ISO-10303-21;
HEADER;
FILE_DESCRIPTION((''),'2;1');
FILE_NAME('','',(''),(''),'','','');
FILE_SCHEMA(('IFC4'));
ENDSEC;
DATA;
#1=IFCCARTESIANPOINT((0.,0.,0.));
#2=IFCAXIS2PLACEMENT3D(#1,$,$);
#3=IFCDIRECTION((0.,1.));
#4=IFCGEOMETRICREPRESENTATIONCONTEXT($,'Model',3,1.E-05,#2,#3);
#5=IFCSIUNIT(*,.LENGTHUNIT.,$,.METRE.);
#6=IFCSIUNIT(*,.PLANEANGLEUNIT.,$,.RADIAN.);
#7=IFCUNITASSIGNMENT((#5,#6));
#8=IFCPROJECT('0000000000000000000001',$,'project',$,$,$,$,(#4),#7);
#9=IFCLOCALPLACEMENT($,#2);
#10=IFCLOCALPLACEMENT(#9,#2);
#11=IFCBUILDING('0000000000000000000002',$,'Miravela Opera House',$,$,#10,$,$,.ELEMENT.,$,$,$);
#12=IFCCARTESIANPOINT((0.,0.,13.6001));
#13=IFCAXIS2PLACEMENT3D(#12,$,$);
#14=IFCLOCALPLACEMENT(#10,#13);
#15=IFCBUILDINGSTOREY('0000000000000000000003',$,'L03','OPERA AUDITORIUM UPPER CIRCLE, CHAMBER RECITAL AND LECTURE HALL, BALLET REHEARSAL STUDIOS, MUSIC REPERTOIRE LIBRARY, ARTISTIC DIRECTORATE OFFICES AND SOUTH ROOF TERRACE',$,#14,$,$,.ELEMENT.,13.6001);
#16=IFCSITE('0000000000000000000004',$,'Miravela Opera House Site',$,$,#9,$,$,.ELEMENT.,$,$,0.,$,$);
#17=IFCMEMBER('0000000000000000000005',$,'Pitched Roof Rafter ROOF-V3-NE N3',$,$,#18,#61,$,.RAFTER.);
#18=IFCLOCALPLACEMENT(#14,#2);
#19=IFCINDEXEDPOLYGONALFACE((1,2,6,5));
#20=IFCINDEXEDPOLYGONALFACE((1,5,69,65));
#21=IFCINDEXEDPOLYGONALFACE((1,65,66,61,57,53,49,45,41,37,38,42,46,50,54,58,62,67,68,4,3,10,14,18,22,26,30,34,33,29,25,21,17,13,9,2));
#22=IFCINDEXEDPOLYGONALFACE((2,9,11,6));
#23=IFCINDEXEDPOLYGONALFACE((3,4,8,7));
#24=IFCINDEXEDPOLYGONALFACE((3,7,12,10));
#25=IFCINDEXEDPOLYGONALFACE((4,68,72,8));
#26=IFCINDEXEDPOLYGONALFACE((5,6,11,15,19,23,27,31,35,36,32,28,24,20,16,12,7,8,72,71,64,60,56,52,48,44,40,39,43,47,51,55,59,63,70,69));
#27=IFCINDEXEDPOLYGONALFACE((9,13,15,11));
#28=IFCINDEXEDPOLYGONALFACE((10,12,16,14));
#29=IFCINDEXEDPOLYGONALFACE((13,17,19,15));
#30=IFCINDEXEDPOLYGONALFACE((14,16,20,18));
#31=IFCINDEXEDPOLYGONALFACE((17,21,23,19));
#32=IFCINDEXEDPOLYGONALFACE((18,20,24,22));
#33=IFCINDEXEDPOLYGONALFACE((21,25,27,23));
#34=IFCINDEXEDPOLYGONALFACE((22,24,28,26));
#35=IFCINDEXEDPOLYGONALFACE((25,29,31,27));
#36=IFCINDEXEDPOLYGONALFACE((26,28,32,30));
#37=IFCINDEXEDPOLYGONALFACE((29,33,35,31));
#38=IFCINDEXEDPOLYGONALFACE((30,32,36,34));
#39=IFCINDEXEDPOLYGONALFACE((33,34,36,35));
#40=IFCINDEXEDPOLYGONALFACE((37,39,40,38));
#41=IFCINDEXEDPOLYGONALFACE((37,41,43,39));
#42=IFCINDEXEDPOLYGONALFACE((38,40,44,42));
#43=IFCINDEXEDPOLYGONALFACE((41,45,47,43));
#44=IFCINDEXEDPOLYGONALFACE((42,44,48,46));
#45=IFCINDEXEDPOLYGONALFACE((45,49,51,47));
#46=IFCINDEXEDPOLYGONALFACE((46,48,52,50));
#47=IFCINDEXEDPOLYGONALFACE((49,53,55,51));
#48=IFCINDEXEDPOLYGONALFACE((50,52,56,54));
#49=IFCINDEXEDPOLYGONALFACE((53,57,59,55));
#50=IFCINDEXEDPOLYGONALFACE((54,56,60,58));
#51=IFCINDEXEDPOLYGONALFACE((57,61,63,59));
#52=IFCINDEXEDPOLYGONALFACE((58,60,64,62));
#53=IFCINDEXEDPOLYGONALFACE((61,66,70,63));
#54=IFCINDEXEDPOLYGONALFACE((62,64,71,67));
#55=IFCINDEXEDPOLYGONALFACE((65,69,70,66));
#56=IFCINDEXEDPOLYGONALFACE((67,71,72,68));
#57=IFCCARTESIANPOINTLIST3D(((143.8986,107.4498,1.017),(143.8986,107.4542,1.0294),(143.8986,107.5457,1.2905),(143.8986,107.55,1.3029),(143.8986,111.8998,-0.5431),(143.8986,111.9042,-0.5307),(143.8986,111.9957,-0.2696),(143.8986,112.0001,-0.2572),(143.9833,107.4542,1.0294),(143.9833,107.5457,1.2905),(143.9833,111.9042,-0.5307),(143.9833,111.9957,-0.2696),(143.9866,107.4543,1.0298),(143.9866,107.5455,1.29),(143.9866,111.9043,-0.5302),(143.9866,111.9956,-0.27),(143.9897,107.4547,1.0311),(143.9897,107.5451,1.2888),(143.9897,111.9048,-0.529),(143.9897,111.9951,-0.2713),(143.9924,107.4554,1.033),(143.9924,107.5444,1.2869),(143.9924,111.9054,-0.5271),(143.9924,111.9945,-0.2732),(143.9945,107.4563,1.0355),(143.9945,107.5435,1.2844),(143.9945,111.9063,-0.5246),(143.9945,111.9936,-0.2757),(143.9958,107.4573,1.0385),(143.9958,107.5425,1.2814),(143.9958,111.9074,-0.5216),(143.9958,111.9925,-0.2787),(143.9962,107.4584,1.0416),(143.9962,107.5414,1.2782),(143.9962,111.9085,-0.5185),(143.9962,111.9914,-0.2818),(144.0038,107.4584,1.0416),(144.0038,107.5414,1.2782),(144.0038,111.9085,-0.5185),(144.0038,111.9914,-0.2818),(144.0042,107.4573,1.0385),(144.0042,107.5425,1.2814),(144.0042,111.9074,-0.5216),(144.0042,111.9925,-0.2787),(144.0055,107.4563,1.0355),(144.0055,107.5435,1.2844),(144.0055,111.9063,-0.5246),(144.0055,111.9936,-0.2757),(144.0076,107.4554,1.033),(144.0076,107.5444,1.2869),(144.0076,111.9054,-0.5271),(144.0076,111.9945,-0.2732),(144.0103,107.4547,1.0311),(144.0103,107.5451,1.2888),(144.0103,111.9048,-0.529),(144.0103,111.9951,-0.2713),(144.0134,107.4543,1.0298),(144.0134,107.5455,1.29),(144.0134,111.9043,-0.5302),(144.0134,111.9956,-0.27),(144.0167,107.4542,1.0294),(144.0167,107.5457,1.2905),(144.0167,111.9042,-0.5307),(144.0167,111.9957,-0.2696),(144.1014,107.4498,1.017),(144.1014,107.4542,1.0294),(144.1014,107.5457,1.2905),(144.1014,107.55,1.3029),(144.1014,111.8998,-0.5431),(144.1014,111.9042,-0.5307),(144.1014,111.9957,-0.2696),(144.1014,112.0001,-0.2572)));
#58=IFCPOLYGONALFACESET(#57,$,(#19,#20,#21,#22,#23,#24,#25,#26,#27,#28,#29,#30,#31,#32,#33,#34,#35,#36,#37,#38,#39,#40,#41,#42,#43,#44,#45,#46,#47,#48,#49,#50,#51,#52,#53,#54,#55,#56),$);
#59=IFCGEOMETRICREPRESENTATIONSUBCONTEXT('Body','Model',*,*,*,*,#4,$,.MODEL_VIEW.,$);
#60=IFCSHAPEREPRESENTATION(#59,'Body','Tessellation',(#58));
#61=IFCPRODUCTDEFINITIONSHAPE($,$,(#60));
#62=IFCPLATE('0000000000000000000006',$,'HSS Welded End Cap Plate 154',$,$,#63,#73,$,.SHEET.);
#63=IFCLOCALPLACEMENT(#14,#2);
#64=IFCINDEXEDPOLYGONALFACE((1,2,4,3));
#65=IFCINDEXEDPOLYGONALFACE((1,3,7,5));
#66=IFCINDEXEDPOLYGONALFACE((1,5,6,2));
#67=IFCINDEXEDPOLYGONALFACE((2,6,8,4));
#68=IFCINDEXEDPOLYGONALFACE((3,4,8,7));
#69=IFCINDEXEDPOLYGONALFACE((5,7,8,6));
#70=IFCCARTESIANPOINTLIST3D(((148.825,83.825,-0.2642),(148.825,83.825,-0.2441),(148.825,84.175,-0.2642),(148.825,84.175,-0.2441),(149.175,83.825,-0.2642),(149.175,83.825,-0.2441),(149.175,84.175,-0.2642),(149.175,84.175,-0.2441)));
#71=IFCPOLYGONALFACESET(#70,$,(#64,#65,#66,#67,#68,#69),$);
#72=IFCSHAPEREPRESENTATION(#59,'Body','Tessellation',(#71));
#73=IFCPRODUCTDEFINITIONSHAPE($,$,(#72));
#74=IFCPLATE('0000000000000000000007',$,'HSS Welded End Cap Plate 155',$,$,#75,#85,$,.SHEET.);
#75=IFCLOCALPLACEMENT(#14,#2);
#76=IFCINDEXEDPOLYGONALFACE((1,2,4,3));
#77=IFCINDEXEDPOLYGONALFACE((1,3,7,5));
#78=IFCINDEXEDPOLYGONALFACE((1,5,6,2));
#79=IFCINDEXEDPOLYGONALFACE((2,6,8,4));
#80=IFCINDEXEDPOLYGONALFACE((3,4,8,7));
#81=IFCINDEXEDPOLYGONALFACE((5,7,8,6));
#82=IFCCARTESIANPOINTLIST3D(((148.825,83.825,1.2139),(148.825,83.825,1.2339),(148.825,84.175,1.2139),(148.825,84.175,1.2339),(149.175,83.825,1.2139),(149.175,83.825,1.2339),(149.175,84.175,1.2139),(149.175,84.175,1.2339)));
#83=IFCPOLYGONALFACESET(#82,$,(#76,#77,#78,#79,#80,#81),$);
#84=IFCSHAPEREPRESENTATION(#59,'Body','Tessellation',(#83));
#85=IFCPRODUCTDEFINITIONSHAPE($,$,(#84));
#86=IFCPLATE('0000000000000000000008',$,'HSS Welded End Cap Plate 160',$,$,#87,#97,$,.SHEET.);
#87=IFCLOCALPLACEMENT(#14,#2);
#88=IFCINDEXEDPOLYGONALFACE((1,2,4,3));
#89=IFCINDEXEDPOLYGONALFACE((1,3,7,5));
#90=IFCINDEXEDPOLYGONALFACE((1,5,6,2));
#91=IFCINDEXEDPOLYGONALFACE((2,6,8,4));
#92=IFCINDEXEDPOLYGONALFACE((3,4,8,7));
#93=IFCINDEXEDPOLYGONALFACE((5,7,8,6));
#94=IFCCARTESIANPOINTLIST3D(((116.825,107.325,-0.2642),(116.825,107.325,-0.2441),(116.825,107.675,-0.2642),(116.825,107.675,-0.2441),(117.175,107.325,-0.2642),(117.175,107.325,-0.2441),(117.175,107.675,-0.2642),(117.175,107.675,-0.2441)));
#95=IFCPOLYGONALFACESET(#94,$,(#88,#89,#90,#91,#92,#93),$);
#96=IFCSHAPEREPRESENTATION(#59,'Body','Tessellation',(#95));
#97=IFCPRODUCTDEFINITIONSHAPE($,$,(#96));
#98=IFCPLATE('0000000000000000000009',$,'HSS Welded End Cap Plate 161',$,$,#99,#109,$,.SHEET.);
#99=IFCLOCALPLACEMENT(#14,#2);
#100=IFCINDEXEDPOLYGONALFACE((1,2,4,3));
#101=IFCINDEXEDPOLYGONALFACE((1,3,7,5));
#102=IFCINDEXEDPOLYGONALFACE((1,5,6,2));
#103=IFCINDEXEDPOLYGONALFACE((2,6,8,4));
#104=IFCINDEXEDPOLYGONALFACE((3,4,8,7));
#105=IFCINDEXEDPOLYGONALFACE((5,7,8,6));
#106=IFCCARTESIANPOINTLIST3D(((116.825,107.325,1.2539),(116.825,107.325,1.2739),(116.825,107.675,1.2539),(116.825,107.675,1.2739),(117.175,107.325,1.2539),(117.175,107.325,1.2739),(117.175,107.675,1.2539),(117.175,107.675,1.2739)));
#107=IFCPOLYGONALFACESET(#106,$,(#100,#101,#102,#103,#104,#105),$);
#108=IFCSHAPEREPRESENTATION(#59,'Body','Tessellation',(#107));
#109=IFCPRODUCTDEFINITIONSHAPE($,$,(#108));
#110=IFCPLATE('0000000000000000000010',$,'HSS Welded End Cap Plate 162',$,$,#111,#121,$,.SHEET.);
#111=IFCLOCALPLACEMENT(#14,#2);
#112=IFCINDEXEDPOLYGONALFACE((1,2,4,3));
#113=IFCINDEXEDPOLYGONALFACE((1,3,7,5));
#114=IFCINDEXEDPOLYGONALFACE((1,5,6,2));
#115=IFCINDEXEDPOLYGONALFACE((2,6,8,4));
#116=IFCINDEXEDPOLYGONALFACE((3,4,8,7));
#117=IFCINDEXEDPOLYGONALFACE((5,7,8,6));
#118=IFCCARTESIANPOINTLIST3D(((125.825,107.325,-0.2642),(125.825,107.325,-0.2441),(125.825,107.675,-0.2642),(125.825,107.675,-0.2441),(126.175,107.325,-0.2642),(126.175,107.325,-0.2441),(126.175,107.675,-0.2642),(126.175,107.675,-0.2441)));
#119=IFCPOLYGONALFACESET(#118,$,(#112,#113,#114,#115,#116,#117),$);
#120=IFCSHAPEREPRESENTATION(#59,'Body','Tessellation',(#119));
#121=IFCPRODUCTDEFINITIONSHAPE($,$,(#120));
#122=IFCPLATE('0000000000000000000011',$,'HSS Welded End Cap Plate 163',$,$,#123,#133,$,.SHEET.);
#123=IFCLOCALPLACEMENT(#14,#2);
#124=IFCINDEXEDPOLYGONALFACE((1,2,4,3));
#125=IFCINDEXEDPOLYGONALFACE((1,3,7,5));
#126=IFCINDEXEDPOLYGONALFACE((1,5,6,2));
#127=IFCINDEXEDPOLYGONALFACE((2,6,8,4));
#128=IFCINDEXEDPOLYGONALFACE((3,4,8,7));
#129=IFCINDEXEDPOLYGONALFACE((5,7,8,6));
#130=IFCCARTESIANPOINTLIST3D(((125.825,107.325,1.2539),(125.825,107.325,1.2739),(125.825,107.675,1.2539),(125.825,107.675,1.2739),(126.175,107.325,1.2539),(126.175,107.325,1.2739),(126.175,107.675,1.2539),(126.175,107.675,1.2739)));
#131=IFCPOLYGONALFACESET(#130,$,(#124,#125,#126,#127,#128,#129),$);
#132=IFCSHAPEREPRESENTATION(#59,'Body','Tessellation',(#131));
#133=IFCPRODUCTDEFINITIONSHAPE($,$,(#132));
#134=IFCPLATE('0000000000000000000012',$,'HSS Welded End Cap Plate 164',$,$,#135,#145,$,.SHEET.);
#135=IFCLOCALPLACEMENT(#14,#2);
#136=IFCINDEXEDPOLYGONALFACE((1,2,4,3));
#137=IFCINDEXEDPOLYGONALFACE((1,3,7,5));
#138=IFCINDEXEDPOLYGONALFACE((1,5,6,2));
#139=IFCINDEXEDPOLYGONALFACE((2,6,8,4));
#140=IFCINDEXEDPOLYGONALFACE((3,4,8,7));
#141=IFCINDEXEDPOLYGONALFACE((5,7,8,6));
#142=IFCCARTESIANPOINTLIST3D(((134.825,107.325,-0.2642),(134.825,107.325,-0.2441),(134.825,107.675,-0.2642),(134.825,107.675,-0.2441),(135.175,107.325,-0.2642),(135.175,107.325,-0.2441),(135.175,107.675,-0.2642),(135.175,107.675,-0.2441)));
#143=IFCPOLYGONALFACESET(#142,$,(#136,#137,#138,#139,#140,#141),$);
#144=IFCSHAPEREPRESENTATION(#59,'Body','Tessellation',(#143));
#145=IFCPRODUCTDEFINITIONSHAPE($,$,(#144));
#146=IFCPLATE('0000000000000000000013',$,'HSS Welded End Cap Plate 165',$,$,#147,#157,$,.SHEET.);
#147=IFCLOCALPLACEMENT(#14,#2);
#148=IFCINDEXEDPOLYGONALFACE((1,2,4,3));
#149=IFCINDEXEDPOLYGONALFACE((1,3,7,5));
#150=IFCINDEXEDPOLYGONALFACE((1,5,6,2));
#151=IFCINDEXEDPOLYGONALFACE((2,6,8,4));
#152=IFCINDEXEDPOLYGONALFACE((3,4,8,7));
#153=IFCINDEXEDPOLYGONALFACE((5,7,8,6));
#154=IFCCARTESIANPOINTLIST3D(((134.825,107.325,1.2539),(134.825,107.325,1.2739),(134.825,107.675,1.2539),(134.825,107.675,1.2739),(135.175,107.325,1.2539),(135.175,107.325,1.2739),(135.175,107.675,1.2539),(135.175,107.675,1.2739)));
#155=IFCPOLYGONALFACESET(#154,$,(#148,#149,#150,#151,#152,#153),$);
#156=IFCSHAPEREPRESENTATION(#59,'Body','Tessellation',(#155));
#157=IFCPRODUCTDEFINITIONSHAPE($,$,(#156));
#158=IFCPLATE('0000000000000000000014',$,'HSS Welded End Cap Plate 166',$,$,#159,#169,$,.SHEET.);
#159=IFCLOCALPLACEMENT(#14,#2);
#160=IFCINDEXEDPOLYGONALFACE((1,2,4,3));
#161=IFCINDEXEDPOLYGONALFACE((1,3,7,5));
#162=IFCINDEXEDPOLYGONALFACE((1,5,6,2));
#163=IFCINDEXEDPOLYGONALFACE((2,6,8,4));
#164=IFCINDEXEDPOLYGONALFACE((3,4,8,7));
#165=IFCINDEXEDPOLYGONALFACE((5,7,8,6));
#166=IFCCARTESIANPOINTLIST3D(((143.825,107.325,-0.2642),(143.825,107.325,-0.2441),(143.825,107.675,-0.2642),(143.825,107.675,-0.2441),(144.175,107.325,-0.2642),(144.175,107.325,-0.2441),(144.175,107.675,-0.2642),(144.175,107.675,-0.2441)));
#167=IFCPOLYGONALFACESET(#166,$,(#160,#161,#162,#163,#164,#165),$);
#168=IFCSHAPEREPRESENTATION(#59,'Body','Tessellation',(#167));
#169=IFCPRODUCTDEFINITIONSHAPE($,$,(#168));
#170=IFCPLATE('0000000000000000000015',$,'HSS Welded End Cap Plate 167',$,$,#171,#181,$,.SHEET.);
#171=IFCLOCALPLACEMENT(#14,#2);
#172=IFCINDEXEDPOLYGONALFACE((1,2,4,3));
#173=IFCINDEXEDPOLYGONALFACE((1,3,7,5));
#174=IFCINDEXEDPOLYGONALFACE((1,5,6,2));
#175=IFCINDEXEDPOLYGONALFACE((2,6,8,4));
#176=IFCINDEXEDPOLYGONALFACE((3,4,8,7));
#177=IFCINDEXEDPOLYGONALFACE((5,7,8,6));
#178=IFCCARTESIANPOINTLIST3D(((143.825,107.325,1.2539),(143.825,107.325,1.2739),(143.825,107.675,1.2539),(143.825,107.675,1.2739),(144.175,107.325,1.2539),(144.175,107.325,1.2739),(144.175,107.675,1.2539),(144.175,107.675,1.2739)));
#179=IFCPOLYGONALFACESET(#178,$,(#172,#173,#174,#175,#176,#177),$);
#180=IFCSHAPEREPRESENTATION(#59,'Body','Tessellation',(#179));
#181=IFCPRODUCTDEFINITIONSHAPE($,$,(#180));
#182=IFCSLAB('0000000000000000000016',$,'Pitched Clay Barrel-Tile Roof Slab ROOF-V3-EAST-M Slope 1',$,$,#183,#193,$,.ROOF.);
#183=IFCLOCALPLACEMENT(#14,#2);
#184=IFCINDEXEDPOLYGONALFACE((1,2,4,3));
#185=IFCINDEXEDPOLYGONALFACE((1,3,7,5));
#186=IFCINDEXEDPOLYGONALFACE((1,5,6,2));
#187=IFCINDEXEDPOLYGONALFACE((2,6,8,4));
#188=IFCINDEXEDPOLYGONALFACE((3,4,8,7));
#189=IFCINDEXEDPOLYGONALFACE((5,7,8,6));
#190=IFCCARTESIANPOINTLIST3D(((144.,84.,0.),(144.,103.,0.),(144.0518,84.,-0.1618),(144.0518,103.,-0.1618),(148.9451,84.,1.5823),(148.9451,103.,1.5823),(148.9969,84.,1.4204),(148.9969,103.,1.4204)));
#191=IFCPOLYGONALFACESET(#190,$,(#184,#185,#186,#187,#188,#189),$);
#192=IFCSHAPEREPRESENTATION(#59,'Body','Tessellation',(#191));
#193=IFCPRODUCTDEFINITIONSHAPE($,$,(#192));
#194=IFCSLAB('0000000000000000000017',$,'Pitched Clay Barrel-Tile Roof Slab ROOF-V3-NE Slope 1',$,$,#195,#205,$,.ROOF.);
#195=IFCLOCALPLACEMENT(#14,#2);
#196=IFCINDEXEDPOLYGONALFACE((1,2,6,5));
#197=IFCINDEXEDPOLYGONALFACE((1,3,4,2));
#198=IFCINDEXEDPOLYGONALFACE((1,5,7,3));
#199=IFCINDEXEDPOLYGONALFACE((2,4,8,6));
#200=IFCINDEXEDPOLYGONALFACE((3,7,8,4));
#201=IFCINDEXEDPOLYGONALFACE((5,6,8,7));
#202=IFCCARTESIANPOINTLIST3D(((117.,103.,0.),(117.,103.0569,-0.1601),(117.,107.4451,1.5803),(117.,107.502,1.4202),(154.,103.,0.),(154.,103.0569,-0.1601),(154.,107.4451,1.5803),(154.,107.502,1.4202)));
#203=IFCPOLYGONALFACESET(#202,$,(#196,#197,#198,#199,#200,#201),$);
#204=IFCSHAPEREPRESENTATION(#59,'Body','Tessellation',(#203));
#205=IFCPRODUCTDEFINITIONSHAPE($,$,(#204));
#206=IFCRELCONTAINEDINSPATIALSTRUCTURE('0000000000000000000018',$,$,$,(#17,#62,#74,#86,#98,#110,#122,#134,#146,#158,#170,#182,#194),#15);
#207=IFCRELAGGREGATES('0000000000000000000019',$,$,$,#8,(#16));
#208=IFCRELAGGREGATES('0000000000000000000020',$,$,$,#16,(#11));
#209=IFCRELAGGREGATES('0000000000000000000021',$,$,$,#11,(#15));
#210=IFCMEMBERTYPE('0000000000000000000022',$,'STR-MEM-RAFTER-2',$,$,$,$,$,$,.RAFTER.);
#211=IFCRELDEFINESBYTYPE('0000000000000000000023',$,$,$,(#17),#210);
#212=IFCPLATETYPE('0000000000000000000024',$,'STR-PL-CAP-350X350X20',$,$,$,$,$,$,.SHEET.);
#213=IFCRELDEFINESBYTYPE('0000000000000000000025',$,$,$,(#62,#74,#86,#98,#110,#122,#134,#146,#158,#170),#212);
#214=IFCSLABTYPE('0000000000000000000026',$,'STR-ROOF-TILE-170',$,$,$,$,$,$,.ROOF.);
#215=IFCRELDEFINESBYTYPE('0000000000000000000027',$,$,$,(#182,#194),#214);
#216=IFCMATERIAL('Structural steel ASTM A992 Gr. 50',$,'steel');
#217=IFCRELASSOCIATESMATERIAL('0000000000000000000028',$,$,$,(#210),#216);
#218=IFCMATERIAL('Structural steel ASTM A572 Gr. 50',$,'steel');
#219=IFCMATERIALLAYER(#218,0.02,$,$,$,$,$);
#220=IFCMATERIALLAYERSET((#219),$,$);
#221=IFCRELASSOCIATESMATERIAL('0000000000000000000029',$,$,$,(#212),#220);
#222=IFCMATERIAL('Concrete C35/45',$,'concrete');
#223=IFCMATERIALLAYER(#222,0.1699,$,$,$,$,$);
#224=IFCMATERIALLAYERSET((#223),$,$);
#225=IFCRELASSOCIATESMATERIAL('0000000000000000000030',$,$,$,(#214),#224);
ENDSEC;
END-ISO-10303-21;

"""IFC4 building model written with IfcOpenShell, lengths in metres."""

from ifc_helpers import new_model, si_unit, direction, frame, origin, origin_2d, place, context, subcontext, project, spatial, polyline, rectangle, i_section, outline, extrude, material, layer, layer_set, material_profile, profile_set, type_object, element, save


model = new_model("IFC4")

# Units and contexts
model_context = context("Model", 3, precision=1e-05, world=origin(), true_north=direction((0.0, 1.0)))
body_context = subcontext(model_context, "Body", "Model", "MODEL_VIEW")
ifc_project = project(units=[si_unit("LENGTHUNIT", "METRE"), si_unit("PLANEANGLEUNIT", "RADIAN")], contexts=[model_context])

# Site, building, storey
site_placement = place(None, origin())
site = spatial("IfcSite", under=ifc_project, at=site_placement, Name="Miravela Opera House Site", CompositionType="ELEMENT", RefElevation=0.0)
building_placement = place(site_placement, origin())
building = spatial("IfcBuilding", under=site, at=building_placement, Name="Miravela Opera House", CompositionType="ELEMENT")
storey_placement = place(building_placement, frame((0.0, 0.0, 13.6001)))
storey = spatial("IfcBuildingStorey", under=building, at=storey_placement, Name="L03", Description="OPERA AUDITORIUM UPPER CIRCLE, CHAMBER RECITAL AND LECTURE HALL, BALLET REHEARSAL STUDIOS, MUSIC REPERTOIRE LIBRARY, ARTISTIC DIRECTORATE OFFICES AND SOUTH ROOF TERRACE", CompositionType="ELEMENT", Elevation=13.6001)

# Shared definitions
ifc_material_1 = material(Name="Concrete C35/45", Category="concrete")

# Shared definitions
ifc_material_2 = material(Name="Structural steel ASTM A992 Gr. 50", Category="steel")

# Member
ifc_material_profile_1 = material_profile(ifc_material_2, i_section(OverallWidth=0.2029, OverallDepth=0.303, WebThickness=0.0076, FlangeThickness=0.0132, FilletRadius=0.0129, at=origin_2d()), Name="W310X60")
ifc_profile_set_1 = profile_set([ifc_material_profile_1])
member_type_1 = type_object("IfcMemberType", Name="STR-MEM-RAFTER-2", PredefinedType="RAFTER", material=ifc_profile_set_1)
for number, where, z_axis, x_axis, name in (
    (1, (144.0, 111.95, -0.4001), (0.0, -0.943688, 0.330837), (1.0, 0.0, 0.0), "Pitched Roof Rafter ROOF-V3-NE N3"),
):
    element("IfcMember", number, at=place(storey_placement, frame(where, z_axis=z_axis, x_axis=x_axis)), inside=storey, type_object=member_type_1, Name=name, PredefinedType="RAFTER", context=body_context, shape_type="SweptSolid", body=[
        extrude(i_section(OverallWidth=0.2029, OverallDepth=0.303, WebThickness=0.0076, FlangeThickness=0.0132, FilletRadius=0.0129, at=origin_2d()), origin(), (0.0, 0.0, 1.0), 4.7156),
    ])

# Plates
ifc_material_3 = material(Name="Structural steel ASTM A572 Gr. 50", Category="steel")
ifc_layer_1 = layer(ifc_material_3, 0.02)
ifc_layer_set_1 = layer_set([ifc_layer_1])
plate_type = type_object("IfcPlateType", Name="STR-PL-CAP-350X350X20", PredefinedType="SHEET", material=ifc_layer_set_1)
for number, where, z_axis, x_axis, name in (
    (2, (149.0, 84.0, -0.2642), (0.0, 0.0, 1.0), (1.0, 0.0, 0.0), "HSS Welded End Cap Plate 154"),
    (3, (149.0, 84.0, 1.2139), (0.0, 0.0, 1.0), (1.0, 0.0, 0.0), "HSS Welded End Cap Plate 155"),
    (4, (117.0, 107.5, -0.2642), (0.0, 0.0, 1.0), (1.0, 0.0, 0.0), "HSS Welded End Cap Plate 160"),
    (5, (117.0, 107.5, 1.2539), (0.0, 0.0, 1.0), (1.0, 0.0, 0.0), "HSS Welded End Cap Plate 161"),
    (6, (126.0, 107.5, -0.2642), (0.0, 0.0, 1.0), (1.0, 0.0, 0.0), "HSS Welded End Cap Plate 162"),
    (7, (126.0, 107.5, 1.2539), (0.0, 0.0, 1.0), (1.0, 0.0, 0.0), "HSS Welded End Cap Plate 163"),
    (8, (135.0, 107.5, -0.2642), (0.0, 0.0, 1.0), (1.0, 0.0, 0.0), "HSS Welded End Cap Plate 164"),
    (9, (135.0, 107.5, 1.2539), (0.0, 0.0, 1.0), (1.0, 0.0, 0.0), "HSS Welded End Cap Plate 165"),
    (10, (144.0, 107.5, -0.2642), (0.0, 0.0, 1.0), (1.0, 0.0, 0.0), "HSS Welded End Cap Plate 166"),
    (11, (144.0, 107.5, 1.2539), (0.0, 0.0, 1.0), (1.0, 0.0, 0.0), "HSS Welded End Cap Plate 167"),
):
    element("IfcPlate", number, at=place(storey_placement, frame(where, z_axis=z_axis, x_axis=x_axis)), inside=storey, type_object=plate_type, Name=name, PredefinedType="SHEET", context=body_context, shape_type="SweptSolid", body=[
        extrude(rectangle(XDim=0.3501, YDim=0.3501, at=origin_2d()), origin(), (0.0, 0.0, 1.0), 0.02),
    ])

# Slabs
ifc_layer_2 = layer(ifc_material_1, 0.1699)
ifc_layer_set_2 = layer_set([ifc_layer_2])
slab_type = type_object("IfcSlabType", Name="STR-ROOF-TILE-170", PredefinedType="ROOF", material=ifc_layer_set_2)
slab_1_placement = place(storey_placement, frame((144.0, 84.0, 0.0), z_axis=(-0.30475, 0.0, 0.952432), x_axis=(0.0, 1.0, 0.0)))
element("IfcSlab", 12, at=slab_1_placement, inside=storey, type_object=slab_type, Name="Pitched Clay Barrel-Tile Roof Slab ROOF-V3-EAST-M Slope 1", PredefinedType="ROOF", context=body_context, shape_type="SweptSolid", body=[
    extrude(outline(polyline([(0.0, 0.0), (19.0, 0.0), (19.0, -5.192), (0.0, -5.192), (0.0, 0.0)])), origin(), (0.0, 0.0, -1.0), 0.1699),
])
slab_2_placement = place(storey_placement, frame((117.0, 103.0, 0.0), z_axis=(0.0, -0.334982, 0.942224), x_axis=(1.0, 0.0, 0.0)))
element("IfcSlab", 13, at=slab_2_placement, inside=storey, type_object=slab_type, Name="Pitched Clay Barrel-Tile Roof Slab ROOF-V3-NE Slope 1", PredefinedType="ROOF", context=body_context, shape_type="SweptSolid", body=[
    extrude(outline(polyline([(0.0, 0.0), (37.0, 0.0), (37.0, 4.7176), (0.0, 4.7176), (0.0, 0.0)])), origin(), (0.0, 0.0, -1.0), 0.1699),
])

save(model, "model.ifc")
